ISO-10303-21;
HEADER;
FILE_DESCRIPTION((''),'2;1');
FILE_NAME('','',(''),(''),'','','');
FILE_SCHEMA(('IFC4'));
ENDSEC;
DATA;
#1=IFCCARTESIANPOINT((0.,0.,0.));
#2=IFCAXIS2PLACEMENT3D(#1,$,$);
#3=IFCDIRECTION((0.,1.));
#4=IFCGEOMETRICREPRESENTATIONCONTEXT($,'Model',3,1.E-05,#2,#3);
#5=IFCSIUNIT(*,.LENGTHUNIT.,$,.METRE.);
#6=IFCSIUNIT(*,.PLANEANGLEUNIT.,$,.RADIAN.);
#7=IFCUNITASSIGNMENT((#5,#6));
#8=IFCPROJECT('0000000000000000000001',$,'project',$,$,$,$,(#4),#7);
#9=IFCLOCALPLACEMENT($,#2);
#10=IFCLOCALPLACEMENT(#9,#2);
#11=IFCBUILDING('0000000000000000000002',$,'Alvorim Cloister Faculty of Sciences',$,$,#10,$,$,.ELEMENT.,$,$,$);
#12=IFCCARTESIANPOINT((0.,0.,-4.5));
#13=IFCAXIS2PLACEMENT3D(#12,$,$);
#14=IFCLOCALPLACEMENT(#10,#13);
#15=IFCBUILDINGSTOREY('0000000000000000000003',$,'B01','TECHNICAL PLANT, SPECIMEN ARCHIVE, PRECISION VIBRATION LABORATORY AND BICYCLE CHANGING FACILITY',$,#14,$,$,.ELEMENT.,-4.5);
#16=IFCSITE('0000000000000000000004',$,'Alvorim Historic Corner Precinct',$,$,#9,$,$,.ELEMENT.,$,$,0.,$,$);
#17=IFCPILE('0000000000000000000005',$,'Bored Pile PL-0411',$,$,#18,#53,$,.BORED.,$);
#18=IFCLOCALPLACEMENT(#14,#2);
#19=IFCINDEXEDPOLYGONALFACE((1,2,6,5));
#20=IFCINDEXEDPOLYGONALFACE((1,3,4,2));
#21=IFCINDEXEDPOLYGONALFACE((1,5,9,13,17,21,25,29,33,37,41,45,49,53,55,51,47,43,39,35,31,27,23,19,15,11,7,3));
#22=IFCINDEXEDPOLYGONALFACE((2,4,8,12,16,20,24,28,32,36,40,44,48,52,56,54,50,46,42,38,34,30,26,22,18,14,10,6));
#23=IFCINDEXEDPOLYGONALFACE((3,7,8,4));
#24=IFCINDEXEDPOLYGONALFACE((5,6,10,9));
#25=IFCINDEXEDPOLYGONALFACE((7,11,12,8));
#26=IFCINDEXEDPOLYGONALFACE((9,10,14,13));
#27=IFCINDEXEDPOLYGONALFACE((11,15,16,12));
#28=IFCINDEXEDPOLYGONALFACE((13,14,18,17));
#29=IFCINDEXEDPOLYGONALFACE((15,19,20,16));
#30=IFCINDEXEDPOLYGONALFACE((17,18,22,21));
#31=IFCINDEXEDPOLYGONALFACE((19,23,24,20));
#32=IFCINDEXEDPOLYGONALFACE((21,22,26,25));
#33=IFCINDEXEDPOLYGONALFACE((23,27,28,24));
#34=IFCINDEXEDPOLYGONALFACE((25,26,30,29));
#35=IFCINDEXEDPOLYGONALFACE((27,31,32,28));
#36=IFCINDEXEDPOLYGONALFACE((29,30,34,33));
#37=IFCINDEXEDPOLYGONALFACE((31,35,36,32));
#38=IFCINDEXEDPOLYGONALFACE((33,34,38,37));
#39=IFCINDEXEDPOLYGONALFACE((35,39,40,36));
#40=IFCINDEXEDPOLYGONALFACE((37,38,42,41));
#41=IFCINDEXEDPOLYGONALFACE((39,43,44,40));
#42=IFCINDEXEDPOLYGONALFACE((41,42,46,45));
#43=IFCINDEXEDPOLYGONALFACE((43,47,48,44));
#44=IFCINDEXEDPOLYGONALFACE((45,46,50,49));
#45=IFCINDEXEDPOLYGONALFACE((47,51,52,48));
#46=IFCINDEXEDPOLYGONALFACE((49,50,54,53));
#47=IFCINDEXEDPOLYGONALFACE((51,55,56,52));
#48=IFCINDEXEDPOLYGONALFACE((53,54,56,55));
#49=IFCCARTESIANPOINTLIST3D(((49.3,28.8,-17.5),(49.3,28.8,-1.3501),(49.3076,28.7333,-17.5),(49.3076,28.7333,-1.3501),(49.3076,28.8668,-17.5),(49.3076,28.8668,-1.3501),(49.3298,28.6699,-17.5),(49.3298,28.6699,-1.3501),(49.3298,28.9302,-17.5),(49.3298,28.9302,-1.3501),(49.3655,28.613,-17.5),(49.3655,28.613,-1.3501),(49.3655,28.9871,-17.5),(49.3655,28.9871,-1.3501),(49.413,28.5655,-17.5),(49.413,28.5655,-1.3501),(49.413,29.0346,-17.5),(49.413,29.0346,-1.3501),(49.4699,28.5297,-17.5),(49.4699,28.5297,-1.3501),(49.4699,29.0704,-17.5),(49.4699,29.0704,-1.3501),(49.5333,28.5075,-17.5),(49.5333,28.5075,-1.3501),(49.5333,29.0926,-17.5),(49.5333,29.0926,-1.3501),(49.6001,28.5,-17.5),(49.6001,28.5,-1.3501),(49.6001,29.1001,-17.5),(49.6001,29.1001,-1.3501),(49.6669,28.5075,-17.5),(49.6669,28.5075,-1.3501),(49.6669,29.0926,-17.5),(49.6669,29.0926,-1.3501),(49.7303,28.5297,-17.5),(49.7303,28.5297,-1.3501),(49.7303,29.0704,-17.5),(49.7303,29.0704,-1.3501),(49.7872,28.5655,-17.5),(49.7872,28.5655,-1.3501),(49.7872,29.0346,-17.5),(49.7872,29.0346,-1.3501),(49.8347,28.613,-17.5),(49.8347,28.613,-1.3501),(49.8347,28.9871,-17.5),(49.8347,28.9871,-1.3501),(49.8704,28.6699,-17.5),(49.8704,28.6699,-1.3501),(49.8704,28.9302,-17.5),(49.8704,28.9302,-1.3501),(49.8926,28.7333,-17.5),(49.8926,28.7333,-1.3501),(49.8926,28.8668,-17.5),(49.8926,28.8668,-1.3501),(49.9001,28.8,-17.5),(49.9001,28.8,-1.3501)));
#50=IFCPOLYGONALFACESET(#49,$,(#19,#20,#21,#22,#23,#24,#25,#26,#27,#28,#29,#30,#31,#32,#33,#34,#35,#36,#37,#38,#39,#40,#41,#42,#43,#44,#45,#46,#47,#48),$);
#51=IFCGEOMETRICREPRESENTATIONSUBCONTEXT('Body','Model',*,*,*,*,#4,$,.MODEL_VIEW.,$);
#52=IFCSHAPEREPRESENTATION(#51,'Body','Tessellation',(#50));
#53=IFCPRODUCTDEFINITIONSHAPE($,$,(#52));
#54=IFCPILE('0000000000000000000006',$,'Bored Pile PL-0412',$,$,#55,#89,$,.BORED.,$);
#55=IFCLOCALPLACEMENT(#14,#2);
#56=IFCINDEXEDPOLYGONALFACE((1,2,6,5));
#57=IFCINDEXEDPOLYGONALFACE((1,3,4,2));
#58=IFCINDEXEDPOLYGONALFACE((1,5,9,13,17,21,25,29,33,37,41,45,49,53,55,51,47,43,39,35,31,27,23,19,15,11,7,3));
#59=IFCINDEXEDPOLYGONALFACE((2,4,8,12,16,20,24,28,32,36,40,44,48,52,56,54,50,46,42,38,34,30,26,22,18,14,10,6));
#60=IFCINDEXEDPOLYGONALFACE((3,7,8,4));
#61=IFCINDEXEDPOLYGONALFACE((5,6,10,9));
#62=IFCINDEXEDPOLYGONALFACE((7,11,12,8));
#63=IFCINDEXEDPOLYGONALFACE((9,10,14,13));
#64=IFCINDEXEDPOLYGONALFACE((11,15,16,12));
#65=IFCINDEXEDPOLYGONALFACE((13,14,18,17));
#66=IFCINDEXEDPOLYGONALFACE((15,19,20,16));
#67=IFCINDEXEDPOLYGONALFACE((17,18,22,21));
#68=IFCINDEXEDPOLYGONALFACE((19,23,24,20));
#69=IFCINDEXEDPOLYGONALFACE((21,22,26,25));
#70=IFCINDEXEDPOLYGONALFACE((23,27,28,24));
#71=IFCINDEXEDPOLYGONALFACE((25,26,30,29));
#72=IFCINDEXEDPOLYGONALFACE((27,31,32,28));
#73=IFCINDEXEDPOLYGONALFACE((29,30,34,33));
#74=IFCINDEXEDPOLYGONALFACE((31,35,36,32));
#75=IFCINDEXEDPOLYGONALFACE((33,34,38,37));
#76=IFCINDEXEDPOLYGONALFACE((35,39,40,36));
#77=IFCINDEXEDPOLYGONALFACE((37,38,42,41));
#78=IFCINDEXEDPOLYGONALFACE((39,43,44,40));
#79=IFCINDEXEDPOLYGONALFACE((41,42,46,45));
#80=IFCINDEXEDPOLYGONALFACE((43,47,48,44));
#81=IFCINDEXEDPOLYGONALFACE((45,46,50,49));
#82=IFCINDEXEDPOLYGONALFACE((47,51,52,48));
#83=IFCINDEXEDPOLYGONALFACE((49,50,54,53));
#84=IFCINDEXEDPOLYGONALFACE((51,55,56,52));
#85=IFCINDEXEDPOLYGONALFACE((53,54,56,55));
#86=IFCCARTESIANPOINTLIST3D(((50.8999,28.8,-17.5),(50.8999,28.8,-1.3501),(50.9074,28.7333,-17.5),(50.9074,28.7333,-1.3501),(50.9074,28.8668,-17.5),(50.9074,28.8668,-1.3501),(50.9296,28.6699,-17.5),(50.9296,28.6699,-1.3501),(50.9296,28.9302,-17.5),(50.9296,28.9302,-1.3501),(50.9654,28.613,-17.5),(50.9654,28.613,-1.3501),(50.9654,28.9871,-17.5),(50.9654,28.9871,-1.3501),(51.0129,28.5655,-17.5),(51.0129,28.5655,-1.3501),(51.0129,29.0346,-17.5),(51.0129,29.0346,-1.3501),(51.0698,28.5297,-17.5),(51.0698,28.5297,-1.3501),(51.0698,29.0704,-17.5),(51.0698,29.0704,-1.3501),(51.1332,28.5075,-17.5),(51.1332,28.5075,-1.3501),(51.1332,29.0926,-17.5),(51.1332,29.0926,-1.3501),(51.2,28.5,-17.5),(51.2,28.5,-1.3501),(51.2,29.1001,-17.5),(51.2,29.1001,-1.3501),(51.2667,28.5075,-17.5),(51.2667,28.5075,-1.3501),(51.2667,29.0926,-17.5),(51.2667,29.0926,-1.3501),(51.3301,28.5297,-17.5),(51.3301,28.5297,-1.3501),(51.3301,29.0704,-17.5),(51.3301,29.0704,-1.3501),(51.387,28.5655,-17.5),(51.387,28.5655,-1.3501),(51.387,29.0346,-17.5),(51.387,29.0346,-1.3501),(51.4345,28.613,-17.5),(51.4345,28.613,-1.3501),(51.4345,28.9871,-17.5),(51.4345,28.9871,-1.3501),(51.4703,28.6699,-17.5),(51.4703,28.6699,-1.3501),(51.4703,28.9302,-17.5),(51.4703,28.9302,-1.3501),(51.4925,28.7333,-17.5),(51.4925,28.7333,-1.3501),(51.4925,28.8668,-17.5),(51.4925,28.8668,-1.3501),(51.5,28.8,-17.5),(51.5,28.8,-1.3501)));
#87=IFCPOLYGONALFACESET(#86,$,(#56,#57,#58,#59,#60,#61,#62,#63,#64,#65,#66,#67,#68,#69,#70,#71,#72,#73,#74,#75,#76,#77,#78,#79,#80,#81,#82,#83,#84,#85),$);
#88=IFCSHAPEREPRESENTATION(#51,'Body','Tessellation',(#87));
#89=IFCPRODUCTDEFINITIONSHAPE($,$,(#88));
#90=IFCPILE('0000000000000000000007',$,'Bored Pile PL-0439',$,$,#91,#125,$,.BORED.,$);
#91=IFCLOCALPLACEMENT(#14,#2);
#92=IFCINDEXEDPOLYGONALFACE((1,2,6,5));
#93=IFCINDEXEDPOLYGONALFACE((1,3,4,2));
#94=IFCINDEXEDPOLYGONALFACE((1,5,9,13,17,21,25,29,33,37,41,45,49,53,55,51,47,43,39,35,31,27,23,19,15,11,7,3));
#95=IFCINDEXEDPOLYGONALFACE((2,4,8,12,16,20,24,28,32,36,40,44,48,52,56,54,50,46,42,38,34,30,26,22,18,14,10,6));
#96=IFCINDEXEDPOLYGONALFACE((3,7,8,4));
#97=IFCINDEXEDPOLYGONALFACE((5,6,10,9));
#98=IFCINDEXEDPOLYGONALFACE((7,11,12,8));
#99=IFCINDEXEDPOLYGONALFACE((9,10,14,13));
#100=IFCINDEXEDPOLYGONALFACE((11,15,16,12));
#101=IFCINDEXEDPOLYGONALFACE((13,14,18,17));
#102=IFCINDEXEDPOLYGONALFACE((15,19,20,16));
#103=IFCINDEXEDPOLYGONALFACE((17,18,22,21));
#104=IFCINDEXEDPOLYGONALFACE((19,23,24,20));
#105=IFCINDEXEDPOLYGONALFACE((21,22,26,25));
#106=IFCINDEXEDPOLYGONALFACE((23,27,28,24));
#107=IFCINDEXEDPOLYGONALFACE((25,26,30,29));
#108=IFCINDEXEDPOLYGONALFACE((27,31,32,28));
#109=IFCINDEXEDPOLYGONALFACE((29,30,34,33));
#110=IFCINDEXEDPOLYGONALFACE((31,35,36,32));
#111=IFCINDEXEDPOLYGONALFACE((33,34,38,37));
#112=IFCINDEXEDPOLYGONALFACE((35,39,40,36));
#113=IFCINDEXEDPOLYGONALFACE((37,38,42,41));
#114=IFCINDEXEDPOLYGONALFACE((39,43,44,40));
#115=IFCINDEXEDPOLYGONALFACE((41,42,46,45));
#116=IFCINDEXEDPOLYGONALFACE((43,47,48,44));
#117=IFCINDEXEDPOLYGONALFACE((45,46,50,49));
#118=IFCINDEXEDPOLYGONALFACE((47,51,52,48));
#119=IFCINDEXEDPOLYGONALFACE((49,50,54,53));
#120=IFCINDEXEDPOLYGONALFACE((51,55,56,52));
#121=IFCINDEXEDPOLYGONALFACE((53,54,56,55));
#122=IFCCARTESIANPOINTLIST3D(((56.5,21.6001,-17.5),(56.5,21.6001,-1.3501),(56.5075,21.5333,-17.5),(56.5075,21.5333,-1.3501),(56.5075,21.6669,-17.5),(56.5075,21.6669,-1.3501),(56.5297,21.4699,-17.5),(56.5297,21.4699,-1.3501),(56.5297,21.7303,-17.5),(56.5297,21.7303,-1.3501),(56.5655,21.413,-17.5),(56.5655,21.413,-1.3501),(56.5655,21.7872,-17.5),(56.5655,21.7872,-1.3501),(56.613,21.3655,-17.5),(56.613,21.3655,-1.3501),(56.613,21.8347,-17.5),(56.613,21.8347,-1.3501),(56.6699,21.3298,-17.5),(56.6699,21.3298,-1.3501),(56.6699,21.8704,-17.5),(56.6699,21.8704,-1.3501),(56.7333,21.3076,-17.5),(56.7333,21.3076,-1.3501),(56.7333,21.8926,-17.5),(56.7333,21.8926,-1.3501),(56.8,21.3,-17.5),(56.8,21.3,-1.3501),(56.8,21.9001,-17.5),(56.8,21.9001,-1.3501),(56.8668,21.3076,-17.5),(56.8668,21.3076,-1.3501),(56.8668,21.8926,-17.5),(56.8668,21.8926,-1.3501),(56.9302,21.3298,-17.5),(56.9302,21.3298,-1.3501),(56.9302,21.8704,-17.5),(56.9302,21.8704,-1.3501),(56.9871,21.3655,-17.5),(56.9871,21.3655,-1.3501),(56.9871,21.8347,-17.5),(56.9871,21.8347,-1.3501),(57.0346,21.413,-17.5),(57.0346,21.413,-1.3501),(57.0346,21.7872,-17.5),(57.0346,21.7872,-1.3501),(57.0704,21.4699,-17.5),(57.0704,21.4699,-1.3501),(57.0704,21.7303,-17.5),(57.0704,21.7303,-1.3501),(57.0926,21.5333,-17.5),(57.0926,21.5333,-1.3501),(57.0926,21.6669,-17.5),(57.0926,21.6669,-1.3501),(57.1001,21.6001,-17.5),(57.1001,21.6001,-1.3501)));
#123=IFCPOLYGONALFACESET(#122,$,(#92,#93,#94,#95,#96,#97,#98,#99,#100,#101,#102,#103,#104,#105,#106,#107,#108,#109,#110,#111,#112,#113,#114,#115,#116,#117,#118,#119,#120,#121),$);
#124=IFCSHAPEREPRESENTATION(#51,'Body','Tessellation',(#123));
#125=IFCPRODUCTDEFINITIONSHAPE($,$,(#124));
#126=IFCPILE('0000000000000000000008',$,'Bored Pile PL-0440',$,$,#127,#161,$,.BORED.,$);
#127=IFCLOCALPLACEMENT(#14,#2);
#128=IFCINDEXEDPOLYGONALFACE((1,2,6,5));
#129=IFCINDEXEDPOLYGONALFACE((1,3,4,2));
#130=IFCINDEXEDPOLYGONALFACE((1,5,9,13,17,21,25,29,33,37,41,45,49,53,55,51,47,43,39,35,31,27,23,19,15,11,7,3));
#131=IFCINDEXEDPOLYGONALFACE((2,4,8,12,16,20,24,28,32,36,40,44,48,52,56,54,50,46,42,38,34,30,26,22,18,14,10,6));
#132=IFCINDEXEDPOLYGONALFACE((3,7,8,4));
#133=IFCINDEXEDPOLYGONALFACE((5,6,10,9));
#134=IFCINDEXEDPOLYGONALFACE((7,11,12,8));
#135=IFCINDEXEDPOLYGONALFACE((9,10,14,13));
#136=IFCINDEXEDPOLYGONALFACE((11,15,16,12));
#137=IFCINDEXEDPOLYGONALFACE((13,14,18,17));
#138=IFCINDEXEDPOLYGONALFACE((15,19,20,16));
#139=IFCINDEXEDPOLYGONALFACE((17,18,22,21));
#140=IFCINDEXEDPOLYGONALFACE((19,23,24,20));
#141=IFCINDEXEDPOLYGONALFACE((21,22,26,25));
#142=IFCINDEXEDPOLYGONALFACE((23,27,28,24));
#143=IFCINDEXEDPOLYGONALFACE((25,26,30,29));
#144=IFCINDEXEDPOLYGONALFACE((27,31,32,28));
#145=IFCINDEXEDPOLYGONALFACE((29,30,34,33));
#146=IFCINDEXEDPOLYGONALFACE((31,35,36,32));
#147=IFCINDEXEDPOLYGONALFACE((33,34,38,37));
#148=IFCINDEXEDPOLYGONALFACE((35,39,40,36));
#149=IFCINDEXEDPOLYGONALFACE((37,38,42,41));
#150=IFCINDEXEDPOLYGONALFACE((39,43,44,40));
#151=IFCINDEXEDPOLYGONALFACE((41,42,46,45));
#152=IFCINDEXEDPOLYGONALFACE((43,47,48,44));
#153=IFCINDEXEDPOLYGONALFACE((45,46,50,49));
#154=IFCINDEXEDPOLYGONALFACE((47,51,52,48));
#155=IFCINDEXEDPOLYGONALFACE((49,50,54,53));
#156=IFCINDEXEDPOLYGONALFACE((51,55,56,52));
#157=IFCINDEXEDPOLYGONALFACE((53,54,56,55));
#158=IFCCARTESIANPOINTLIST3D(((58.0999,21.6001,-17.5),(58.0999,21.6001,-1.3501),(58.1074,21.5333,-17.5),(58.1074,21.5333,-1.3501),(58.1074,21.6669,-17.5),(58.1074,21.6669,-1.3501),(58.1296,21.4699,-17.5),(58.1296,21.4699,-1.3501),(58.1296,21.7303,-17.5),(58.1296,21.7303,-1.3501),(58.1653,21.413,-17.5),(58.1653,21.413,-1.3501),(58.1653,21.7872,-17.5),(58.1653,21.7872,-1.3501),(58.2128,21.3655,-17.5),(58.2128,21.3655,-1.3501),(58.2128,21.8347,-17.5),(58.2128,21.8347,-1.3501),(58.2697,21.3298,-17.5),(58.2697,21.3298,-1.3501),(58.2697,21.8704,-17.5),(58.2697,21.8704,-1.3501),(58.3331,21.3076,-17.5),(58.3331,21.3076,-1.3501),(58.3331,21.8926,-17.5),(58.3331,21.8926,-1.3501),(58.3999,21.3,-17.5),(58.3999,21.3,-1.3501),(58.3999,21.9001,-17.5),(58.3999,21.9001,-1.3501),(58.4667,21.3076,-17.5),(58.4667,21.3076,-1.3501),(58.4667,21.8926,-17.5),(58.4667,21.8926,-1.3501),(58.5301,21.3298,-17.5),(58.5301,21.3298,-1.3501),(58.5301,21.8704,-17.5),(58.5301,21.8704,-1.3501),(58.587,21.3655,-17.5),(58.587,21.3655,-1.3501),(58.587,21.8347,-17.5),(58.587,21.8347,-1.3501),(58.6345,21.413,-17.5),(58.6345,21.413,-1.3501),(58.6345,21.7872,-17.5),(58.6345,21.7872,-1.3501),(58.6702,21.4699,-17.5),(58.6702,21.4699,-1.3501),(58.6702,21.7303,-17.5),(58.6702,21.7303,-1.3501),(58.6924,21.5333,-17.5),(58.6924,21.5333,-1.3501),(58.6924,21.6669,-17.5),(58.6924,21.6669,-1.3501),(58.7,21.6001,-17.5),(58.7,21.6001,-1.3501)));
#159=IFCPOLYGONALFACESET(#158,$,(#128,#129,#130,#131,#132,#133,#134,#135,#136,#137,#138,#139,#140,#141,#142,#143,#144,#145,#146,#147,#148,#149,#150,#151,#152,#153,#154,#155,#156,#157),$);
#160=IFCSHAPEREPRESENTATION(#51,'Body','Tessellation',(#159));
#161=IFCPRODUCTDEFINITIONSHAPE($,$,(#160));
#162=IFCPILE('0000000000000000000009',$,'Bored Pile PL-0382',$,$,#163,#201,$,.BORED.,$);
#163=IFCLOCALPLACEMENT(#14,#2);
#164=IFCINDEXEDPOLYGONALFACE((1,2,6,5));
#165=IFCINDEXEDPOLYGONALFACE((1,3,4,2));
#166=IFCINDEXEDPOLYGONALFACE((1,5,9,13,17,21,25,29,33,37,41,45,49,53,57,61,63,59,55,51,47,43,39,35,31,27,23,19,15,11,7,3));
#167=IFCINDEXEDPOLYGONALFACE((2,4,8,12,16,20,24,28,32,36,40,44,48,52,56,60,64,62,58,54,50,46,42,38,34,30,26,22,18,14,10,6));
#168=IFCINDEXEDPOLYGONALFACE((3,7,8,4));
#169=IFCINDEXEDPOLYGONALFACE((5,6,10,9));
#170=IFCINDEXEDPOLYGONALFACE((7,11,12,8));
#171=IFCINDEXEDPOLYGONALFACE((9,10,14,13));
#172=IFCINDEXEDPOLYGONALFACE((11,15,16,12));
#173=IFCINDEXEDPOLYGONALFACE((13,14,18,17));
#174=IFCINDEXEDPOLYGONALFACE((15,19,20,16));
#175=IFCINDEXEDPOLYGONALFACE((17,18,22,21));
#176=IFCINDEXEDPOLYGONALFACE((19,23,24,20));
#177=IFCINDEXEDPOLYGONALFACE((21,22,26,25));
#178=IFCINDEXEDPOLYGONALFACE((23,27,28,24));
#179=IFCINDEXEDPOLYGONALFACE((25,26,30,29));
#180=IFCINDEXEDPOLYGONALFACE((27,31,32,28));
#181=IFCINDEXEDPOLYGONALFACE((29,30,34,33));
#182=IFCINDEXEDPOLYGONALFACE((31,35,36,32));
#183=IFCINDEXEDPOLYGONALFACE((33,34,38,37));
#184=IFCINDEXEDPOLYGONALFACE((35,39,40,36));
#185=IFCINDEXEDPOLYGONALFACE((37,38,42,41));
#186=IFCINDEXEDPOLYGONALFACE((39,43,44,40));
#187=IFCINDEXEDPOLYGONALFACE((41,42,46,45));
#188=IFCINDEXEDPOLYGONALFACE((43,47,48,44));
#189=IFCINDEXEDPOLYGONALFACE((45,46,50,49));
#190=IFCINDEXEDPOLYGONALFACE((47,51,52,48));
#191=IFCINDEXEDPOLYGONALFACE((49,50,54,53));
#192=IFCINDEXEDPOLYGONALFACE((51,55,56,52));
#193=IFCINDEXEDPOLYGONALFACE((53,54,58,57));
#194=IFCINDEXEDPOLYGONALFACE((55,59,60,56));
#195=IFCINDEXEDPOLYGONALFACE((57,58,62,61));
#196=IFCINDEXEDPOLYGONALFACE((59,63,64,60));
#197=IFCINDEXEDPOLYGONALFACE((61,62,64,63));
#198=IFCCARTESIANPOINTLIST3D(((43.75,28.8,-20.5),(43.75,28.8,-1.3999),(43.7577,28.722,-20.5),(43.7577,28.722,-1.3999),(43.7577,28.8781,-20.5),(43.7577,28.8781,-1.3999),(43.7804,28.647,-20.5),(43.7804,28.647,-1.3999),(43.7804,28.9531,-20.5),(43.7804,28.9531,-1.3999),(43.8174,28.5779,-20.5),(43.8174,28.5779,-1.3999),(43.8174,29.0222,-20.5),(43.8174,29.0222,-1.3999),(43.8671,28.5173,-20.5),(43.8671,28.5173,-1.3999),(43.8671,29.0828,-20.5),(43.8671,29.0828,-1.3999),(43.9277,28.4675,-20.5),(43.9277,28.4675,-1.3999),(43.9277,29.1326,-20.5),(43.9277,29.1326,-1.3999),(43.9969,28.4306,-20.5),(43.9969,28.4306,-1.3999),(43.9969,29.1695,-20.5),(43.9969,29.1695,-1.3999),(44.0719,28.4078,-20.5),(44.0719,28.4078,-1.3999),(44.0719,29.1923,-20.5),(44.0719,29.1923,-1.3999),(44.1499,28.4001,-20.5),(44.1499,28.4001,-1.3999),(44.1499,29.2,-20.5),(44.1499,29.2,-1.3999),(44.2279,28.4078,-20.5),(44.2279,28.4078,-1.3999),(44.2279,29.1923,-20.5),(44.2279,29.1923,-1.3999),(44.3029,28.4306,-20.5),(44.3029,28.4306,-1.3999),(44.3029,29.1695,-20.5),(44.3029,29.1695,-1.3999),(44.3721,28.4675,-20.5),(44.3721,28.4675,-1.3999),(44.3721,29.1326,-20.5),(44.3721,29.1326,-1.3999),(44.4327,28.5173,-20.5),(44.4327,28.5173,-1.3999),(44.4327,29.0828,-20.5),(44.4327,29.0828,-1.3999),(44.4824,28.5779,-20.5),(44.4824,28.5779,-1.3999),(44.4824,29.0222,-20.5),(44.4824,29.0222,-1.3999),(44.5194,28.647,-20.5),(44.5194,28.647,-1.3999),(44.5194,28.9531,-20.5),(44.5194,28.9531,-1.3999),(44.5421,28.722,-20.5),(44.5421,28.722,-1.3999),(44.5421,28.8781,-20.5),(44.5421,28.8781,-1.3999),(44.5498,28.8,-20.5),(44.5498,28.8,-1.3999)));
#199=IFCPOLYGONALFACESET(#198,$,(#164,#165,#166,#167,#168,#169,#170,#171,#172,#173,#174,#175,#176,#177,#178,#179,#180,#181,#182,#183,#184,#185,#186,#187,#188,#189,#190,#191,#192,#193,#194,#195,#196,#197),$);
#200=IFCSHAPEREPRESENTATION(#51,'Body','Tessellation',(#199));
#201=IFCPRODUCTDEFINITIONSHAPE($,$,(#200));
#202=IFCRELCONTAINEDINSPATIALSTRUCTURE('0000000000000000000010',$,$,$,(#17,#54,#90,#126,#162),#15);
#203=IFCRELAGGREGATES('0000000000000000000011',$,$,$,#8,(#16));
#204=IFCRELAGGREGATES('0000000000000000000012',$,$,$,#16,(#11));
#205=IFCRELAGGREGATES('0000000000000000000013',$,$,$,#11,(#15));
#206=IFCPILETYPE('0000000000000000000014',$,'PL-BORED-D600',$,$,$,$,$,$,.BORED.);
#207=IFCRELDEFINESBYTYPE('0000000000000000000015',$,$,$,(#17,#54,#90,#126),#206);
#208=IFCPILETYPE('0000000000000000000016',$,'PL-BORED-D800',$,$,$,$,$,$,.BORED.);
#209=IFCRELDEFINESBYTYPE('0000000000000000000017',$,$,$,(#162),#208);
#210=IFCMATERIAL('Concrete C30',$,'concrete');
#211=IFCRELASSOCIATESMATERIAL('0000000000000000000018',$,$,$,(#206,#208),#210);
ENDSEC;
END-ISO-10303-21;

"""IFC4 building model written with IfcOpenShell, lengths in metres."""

from ifc_helpers import new_model, si_unit, direction, frame, origin, origin_2d, place, context, subcontext, project, spatial, circle, extrude, material, material_profile, profile_set, type_object, element, save


model = new_model("IFC4")

# Units and contexts
model_context = context("Model", 3, precision=1e-05, world=origin(), true_north=direction((0.0, 1.0)))
body_context = subcontext(model_context, "Body", "Model", "MODEL_VIEW")
ifc_project = project(units=[si_unit("LENGTHUNIT", "METRE"), si_unit("PLANEANGLEUNIT", "RADIAN")], contexts=[model_context])

# Site, building, storey
site_placement = place(None, origin())
site = spatial("IfcSite", under=ifc_project, at=site_placement, Name="Alvorim Historic Corner Precinct", CompositionType="ELEMENT", RefElevation=0.0)
building_placement = place(site_placement, origin())
building = spatial("IfcBuilding", under=site, at=building_placement, Name="Alvorim Cloister Faculty of Sciences", CompositionType="ELEMENT")
storey_placement = place(building_placement, frame((0.0, 0.0, -4.5)))
storey = spatial("IfcBuildingStorey", under=building, at=storey_placement, Name="B01", Description="TECHNICAL PLANT, SPECIMEN ARCHIVE, PRECISION VIBRATION LABORATORY AND BICYCLE CHANGING FACILITY", CompositionType="ELEMENT", Elevation=-4.5)

# Piles
ifc_material_1 = material(Name="Concrete C30", Category="concrete")
ifc_material_profile_1 = material_profile(ifc_material_1, circle(Radius=0.3, at=origin_2d()), Name="PILE-D600")
ifc_profile_set_1 = profile_set([ifc_material_profile_1], Name="Concrete C30")
pile_type_1 = type_object("IfcPileType", Name="PL-BORED-D600", PredefinedType="BORED", material=ifc_profile_set_1)
for number, where, z_axis, x_axis, name in (
    (1, (49.6001, 28.8, -1.3501), (0.0, 0.0, -1.0), (1.0, 0.0, 0.0), "Bored Pile PL-0411"),
    (2, (51.2, 28.8, -1.3501), (0.0, 0.0, -1.0), (1.0, 0.0, 0.0), "Bored Pile PL-0412"),
    (3, (56.8, 21.6001, -1.3501), (0.0, 0.0, -1.0), (1.0, 0.0, 0.0), "Bored Pile PL-0439"),
    (4, (58.3999, 21.6001, -1.3501), (0.0, 0.0, -1.0), (1.0, 0.0, 0.0), "Bored Pile PL-0440"),
):
    element("IfcPile", number, at=place(storey_placement, frame(where, z_axis=z_axis, x_axis=x_axis)), inside=storey, type_object=pile_type_1, Name=name, PredefinedType="BORED", context=body_context, shape_type="SweptSolid", body=[
        extrude(circle(Radius=0.3, at=origin_2d()), origin(), (0.0, 0.0, 1.0), 16.1499),
    ])
ifc_material_profile_2 = material_profile(ifc_material_1, circle(Radius=0.3999, at=origin_2d()), Name="PILE-D800")
ifc_profile_set_2 = profile_set([ifc_material_profile_2], Name="Concrete C30")
pile_type_2 = type_object("IfcPileType", Name="PL-BORED-D800", PredefinedType="BORED", material=ifc_profile_set_2)
for number, where, z_axis, x_axis, name in (
    (5, (44.1499, 28.8, -1.3999), (0.0, 0.0, -1.0), (1.0, 0.0, 0.0), "Bored Pile PL-0382"),
):
    element("IfcPile", number, at=place(storey_placement, frame(where, z_axis=z_axis, x_axis=x_axis)), inside=storey, type_object=pile_type_2, Name=name, PredefinedType="BORED", context=body_context, shape_type="SweptSolid", body=[
        extrude(circle(Radius=0.3999, at=origin_2d()), origin(), (0.0, 0.0, 1.0), 19.1001),
    ])

save(model, "model.ifc")
